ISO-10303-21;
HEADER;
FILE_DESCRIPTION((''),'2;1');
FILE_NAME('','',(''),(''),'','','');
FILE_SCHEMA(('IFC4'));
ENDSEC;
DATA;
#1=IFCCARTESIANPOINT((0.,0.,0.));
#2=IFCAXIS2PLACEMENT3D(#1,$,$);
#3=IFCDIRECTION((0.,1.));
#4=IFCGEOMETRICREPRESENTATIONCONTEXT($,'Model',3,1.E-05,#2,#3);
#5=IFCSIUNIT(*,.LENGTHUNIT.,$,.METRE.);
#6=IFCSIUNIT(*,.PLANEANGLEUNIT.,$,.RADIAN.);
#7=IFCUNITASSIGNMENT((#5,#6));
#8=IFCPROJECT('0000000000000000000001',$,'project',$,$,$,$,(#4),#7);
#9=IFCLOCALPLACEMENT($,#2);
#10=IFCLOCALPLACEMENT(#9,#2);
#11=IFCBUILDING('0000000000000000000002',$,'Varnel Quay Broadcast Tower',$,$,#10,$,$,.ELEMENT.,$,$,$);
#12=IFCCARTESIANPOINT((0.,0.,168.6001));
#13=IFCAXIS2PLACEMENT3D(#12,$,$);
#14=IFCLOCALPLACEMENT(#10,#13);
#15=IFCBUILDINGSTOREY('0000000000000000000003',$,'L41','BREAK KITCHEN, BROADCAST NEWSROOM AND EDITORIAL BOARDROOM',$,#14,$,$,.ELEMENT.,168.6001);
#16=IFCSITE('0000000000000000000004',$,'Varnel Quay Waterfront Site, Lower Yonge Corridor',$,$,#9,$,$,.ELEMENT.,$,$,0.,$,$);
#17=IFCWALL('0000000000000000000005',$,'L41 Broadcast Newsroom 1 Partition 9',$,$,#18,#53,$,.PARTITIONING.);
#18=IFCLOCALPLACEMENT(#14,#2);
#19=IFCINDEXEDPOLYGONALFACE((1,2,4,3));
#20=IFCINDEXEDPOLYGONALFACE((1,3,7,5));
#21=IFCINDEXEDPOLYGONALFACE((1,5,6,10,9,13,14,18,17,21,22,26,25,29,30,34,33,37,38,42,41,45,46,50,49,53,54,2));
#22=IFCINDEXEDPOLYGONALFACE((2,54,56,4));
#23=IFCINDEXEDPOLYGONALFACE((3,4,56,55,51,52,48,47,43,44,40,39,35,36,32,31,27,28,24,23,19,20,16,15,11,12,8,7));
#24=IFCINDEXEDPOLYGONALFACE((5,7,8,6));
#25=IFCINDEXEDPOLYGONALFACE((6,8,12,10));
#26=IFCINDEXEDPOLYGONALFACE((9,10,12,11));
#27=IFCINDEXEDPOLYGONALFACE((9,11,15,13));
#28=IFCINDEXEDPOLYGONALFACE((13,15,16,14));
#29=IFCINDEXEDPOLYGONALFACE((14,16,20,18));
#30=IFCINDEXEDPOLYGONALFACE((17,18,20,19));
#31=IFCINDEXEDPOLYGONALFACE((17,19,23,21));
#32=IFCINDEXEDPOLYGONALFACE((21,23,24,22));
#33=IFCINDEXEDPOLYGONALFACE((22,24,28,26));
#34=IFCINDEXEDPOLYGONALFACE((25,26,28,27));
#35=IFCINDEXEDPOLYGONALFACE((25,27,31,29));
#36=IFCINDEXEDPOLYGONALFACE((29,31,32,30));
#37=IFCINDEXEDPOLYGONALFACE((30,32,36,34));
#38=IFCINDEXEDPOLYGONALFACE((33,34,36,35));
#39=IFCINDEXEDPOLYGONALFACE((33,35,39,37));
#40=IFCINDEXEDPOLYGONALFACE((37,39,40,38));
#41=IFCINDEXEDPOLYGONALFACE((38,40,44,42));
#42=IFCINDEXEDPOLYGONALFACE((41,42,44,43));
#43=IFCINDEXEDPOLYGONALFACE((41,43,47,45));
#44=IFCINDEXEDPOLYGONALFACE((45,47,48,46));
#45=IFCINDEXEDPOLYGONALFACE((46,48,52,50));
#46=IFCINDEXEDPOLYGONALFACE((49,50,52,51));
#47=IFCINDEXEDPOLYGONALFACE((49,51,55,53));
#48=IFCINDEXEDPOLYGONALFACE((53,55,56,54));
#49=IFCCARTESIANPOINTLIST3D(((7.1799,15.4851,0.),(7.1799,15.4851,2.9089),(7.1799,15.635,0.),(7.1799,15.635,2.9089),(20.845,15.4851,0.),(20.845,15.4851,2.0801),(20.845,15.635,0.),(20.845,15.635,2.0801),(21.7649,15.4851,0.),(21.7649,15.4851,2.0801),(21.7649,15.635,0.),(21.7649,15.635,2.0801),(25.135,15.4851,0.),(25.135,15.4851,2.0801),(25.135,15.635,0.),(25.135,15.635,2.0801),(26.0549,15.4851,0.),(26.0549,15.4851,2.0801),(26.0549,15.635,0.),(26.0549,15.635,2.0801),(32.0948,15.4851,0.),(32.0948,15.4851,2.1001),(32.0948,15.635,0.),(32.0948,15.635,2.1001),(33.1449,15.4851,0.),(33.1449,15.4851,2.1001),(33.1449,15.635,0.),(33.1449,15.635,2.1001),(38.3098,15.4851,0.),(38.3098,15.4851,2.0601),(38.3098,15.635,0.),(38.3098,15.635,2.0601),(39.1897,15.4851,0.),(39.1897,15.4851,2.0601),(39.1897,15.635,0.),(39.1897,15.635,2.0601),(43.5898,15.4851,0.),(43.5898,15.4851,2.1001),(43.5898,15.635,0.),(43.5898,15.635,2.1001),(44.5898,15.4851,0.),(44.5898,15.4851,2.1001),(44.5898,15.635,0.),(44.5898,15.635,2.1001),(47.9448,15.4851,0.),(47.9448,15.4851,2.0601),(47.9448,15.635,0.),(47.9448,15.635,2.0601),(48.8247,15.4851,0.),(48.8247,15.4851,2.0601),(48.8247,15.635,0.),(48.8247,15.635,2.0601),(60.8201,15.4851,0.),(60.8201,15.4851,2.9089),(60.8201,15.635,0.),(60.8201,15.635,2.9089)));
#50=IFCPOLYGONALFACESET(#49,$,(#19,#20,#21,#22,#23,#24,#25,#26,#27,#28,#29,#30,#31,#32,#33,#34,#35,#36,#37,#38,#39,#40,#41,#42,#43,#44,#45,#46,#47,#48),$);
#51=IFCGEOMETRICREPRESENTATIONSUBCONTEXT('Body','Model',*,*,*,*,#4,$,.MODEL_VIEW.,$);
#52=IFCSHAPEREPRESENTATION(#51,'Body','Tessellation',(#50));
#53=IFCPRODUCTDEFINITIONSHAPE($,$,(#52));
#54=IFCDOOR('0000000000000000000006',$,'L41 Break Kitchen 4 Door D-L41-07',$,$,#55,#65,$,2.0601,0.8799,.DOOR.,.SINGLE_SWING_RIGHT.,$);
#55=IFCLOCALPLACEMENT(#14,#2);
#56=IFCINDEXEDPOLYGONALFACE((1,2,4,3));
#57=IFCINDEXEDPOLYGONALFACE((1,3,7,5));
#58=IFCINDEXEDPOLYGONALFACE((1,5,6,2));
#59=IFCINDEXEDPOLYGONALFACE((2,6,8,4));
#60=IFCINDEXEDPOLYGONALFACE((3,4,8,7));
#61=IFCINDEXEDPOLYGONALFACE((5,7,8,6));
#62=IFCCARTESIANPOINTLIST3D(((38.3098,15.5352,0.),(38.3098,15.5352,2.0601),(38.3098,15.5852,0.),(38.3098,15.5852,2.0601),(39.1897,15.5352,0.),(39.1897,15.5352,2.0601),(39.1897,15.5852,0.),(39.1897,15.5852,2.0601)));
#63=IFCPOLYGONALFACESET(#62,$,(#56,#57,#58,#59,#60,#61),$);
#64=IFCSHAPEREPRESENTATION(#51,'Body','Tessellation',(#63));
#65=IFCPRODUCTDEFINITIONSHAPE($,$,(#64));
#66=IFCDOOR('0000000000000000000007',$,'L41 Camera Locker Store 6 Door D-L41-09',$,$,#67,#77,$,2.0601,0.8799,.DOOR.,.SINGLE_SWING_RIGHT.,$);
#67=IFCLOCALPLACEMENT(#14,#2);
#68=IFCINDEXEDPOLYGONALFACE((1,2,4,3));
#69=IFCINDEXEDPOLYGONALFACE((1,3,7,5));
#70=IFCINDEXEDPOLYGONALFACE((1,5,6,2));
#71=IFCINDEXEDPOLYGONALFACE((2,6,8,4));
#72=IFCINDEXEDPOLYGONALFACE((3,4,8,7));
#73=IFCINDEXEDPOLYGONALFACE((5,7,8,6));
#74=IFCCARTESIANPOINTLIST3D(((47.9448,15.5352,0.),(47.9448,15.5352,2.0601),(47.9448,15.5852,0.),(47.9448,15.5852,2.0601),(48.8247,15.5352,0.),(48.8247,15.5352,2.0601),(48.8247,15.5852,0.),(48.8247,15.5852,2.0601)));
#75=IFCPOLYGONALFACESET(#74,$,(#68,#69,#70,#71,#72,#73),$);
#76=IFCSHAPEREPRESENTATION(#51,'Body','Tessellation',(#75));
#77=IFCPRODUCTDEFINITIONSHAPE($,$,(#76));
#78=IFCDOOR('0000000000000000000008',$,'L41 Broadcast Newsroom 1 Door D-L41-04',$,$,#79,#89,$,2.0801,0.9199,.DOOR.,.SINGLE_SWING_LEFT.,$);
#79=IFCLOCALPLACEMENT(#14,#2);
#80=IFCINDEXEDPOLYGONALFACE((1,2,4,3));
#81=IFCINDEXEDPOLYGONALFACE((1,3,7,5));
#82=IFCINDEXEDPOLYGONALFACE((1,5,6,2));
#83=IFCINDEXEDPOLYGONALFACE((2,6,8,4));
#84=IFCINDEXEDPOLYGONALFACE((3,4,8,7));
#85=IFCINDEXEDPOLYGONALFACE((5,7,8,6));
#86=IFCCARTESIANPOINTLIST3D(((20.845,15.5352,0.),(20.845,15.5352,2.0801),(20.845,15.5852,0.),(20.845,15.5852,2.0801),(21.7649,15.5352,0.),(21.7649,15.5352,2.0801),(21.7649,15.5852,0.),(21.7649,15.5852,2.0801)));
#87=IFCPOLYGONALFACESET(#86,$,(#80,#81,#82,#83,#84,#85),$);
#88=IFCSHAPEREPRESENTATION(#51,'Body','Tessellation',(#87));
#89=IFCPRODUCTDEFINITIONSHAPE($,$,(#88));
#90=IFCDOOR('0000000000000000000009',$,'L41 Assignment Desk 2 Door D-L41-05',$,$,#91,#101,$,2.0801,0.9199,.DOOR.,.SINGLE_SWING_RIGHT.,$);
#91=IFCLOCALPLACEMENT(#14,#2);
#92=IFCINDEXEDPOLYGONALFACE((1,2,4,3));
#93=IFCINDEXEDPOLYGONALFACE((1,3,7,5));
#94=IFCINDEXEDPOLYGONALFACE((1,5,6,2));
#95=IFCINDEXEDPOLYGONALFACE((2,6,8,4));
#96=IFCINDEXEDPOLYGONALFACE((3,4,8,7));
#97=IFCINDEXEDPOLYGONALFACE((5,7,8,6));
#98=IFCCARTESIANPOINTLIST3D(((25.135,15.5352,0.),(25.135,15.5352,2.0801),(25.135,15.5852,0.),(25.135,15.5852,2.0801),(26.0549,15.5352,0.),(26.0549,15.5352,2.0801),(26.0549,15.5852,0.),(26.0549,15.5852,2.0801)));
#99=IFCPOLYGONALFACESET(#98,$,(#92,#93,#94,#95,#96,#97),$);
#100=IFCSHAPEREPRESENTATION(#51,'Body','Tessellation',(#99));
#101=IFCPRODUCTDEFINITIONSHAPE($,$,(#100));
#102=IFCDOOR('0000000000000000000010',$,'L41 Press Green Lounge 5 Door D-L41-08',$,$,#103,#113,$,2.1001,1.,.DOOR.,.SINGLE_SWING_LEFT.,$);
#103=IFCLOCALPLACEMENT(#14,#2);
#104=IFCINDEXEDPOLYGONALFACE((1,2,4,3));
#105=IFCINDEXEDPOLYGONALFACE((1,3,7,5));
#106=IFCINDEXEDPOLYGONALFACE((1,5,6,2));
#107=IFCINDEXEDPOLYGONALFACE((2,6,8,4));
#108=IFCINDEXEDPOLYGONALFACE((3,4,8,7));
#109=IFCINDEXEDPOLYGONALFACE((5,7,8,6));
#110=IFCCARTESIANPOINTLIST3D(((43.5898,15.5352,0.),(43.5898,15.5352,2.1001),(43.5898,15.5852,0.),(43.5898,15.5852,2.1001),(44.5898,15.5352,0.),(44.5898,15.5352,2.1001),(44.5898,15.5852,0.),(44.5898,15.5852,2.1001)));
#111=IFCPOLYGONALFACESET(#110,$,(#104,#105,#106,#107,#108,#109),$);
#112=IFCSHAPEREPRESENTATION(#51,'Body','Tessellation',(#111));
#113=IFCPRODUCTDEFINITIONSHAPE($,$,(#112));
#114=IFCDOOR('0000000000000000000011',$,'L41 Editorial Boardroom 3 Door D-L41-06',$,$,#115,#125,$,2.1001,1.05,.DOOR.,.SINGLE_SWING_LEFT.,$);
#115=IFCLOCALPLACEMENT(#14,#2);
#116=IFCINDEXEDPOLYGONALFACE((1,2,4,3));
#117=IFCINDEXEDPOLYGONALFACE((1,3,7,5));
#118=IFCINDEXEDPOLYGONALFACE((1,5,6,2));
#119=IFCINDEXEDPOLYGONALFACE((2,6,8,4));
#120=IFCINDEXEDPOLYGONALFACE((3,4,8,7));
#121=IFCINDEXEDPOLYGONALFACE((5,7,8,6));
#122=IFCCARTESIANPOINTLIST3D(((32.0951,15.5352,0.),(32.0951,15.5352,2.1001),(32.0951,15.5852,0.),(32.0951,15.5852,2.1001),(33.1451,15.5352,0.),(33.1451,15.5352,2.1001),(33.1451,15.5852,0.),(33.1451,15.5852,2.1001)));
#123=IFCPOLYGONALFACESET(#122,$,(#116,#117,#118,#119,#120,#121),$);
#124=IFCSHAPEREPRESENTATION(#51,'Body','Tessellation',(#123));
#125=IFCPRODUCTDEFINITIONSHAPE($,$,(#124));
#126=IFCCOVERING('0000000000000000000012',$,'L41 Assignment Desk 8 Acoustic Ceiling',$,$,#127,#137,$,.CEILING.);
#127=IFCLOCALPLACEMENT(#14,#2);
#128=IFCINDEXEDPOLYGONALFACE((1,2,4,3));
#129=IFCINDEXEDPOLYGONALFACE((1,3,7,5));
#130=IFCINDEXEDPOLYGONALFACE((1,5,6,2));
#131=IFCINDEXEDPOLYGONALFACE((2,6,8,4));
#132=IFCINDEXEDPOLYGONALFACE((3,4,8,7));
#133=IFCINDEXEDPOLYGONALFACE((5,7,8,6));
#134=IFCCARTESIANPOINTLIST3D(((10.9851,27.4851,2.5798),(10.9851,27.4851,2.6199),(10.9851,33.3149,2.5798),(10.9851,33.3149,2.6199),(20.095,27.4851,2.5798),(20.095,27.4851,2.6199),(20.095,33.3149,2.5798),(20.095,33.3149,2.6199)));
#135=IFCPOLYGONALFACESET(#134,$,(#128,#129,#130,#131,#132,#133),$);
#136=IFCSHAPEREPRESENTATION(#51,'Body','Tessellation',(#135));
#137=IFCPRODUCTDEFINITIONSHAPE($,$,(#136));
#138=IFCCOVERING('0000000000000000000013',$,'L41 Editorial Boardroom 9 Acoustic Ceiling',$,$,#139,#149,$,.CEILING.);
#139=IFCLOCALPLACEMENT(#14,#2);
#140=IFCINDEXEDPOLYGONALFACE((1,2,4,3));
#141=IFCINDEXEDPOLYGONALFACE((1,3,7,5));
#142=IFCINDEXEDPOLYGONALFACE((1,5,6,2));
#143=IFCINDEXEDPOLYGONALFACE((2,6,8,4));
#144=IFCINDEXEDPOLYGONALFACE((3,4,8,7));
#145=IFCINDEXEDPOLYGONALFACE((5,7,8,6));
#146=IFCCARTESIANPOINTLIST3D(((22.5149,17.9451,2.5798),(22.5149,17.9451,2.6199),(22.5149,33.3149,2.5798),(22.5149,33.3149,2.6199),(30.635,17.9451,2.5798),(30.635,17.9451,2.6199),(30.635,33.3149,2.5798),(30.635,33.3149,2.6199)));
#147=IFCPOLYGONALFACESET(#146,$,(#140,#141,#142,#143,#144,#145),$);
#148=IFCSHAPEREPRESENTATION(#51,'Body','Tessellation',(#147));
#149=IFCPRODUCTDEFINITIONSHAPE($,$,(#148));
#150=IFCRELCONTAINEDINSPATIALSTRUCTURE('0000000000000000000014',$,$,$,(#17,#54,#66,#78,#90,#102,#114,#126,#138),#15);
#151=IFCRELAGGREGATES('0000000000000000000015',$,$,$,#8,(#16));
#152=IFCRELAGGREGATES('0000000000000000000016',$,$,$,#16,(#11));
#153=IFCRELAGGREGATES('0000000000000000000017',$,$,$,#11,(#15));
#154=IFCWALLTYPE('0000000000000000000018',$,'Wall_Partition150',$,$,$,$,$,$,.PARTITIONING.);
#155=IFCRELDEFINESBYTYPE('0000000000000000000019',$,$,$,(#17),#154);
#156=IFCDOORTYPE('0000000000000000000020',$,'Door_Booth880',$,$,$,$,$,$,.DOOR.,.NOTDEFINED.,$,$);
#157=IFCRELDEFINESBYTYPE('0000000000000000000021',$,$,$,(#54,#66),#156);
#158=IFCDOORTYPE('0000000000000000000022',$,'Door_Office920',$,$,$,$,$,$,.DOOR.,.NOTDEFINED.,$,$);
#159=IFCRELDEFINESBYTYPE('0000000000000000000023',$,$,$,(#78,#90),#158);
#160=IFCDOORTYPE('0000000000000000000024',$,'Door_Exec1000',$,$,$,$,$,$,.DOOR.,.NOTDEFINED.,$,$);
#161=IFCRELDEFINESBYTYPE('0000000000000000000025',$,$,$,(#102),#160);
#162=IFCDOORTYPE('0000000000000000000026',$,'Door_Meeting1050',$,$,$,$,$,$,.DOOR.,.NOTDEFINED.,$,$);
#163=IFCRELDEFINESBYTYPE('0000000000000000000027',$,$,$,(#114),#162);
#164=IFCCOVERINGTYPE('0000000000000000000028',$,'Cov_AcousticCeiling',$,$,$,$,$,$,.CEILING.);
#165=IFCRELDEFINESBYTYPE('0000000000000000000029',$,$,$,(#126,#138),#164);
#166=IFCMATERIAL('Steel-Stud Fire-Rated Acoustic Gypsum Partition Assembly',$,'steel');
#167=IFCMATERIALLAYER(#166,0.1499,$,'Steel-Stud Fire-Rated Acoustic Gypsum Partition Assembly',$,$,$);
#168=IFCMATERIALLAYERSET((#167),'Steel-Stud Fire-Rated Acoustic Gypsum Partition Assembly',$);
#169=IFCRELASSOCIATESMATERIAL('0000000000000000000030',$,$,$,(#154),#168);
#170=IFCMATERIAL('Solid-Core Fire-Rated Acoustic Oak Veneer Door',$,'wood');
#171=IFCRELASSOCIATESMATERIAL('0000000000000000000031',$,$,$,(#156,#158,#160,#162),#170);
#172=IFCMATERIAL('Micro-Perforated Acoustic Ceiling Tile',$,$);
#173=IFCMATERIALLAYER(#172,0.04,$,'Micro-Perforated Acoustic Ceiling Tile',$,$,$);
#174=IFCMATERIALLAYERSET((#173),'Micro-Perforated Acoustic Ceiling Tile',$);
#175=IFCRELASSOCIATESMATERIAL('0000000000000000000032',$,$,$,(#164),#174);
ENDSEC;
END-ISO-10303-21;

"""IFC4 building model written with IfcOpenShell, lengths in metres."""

from ifc_helpers import new_model, si_unit, direction, frame, frame_2d, origin, place, context, subcontext, project, spatial, polyline, rectangle, outline, extrude, source, transform, mapped, material, layer, layer_set, type_object, type_shapes, element, fill, save


model = new_model("IFC4")

# Units and contexts
model_context = context("Model", 3, precision=1e-05, world=origin(), true_north=direction((0.0, 1.0)))
body_context = subcontext(model_context, "Body", "Model", "MODEL_VIEW")
ifc_project = project(units=[si_unit("LENGTHUNIT", "METRE"), si_unit("PLANEANGLEUNIT", "RADIAN")], contexts=[model_context])

# Site, building, storey
site_placement = place(None, origin())
site = spatial("IfcSite", under=ifc_project, at=site_placement, Name="Varnel Quay Waterfront Site, Lower Yonge Corridor", CompositionType="ELEMENT", RefElevation=0.0)
building_placement = place(site_placement, origin())
building = spatial("IfcBuilding", under=site, at=building_placement, Name="Varnel Quay Broadcast Tower", CompositionType="ELEMENT")
storey_placement = place(building_placement, frame((0.0, 0.0, 168.6001)))
storey = spatial("IfcBuildingStorey", under=building, at=storey_placement, Name="L41", Description="BREAK KITCHEN, BROADCAST NEWSROOM AND EDITORIAL BOARDROOM", CompositionType="ELEMENT", Elevation=168.6001)

# Wall, openings, doors
ifc_material_1 = material(Name="Steel-Stud Fire-Rated Acoustic Gypsum Partition Assembly", Category="steel")
ifc_layer_1 = layer(ifc_material_1, 0.1499, Name="Steel-Stud Fire-Rated Acoustic Gypsum Partition Assembly")
ifc_layer_set_1 = layer_set([ifc_layer_1], Name="Steel-Stud Fire-Rated Acoustic Gypsum Partition Assembly")
wall_type = type_object("IfcWallType", Name="Wall_Partition150", PredefinedType="PARTITIONING", material=ifc_layer_set_1)
wall_placement = place(storey_placement, frame((7.1799, 15.5601, 0.0), z_axis=(0.0, 0.0, 1.0), x_axis=(1.0, 0.0, 0.0)))
wall = element("IfcWall", 1, at=wall_placement, inside=storey, type_object=wall_type, Name="L41 Broadcast Newsroom 1 Partition 9", PredefinedType="PARTITIONING", context=body_context, shape_type="SweptSolid", body=[
    extrude(rectangle(XDim=53.6401, YDim=0.1499, at=frame_2d((26.8201, 0.0))), origin(), (0.0, 0.0, 1.0), 2.9089),
])
opening_1_placement = place(wall_placement, frame((13.665, 0.0, 0.0)))
opening_1 = element("IfcOpeningElement", 2, at=opening_1_placement, cuts=wall, PredefinedType="OPENING", context=body_context, shape_type="SweptSolid", body=[
    extrude(rectangle(XDim=0.9199, YDim=2.0801, at=frame_2d((0.46, 1.04))), frame((0.0, 0.085, 0.0), z_axis=(0.0, -1.0, 0.0), x_axis=(1.0, 0.0, 0.0)), (0.0, 0.0, 1.0), 0.1699),
])
opening_2_placement = place(wall_placement, frame((17.9551, 0.0, 0.0)))
opening_2 = element("IfcOpeningElement", 3, at=opening_2_placement, cuts=wall, PredefinedType="OPENING", context=body_context, shape_type="SweptSolid", body=[
    extrude(rectangle(XDim=0.9199, YDim=2.0801, at=frame_2d((0.46, 1.04))), frame((0.0, 0.085, 0.0), z_axis=(0.0, -1.0, 0.0), x_axis=(1.0, 0.0, 0.0)), (0.0, 0.0, 1.0), 0.1699),
])
opening_3_placement = place(wall_placement, frame((24.915, 0.0, 0.0)))
opening_3 = element("IfcOpeningElement", 4, at=opening_3_placement, cuts=wall, PredefinedType="OPENING", context=body_context, shape_type="SweptSolid", body=[
    extrude(rectangle(XDim=1.05, YDim=2.1001, at=frame_2d((0.5249, 1.05))), frame((0.0, 0.085, 0.0), z_axis=(0.0, -1.0, 0.0), x_axis=(1.0, 0.0, 0.0)), (0.0, 0.0, 1.0), 0.1699),
])
opening_4_placement = place(wall_placement, frame((31.1299, 0.0, 0.0)))
opening_4 = element("IfcOpeningElement", 5, at=opening_4_placement, cuts=wall, PredefinedType="OPENING", context=body_context, shape_type="SweptSolid", body=[
    extrude(rectangle(XDim=0.8799, YDim=2.0601, at=frame_2d((0.4399, 1.03))), frame((0.0, 0.085, 0.0), z_axis=(0.0, -1.0, 0.0), x_axis=(1.0, 0.0, 0.0)), (0.0, 0.0, 1.0), 0.1699),
])
opening_5_placement = place(wall_placement, frame((36.4099, 0.0, 0.0)))
opening_5 = element("IfcOpeningElement", 6, at=opening_5_placement, cuts=wall, PredefinedType="OPENING", context=body_context, shape_type="SweptSolid", body=[
    extrude(rectangle(XDim=1.0, YDim=2.1001, at=frame_2d((0.5, 1.05))), frame((0.0, 0.085, 0.0), z_axis=(0.0, -1.0, 0.0), x_axis=(1.0, 0.0, 0.0)), (0.0, 0.0, 1.0), 0.1699),
])
opening_6_placement = place(wall_placement, frame((40.7649, 0.0, 0.0)))
opening_6 = element("IfcOpeningElement", 7, at=opening_6_placement, cuts=wall, PredefinedType="OPENING", context=body_context, shape_type="SweptSolid", body=[
    extrude(rectangle(XDim=0.8799, YDim=2.0601, at=frame_2d((0.4399, 1.03))), frame((0.0, 0.085, 0.0), z_axis=(0.0, -1.0, 0.0), x_axis=(1.0, 0.0, 0.0)), (0.0, 0.0, 1.0), 0.1699),
])
ifc_material_2 = material(Name="Solid-Core Fire-Rated Acoustic Oak Veneer Door", Category="wood")
door_type_1 = type_object("IfcDoorType", Name="Door_Booth880", OperationType="NOTDEFINED", PredefinedType="DOOR", material=ifc_material_2)
shared_shape_1 = source(origin(), body_context, "Body", "SweptSolid", [
    extrude(rectangle(XDim=0.8799, YDim=2.0601, at=frame_2d((0.4399, 1.03))), frame((0.0, 0.0249, 0.0), z_axis=(0.0, -1.0, 0.0), x_axis=(1.0, 0.0, 0.0)), (0.0, 0.0, 1.0), 0.05),
])
type_shapes(door_type_1, [shared_shape_1])
door_1_placement = place(opening_4_placement, frame((0.8799, 0.0, 0.0), z_axis=(0.0, 0.0, 1.0), x_axis=(-1.0, 0.0, 0.0)))
door_1 = element("IfcDoor", 8, at=door_1_placement, inside=storey, type_object=door_type_1, Name="L41 Break Kitchen 4 Door D-L41-07", OperationType="SINGLE_SWING_RIGHT", OverallHeight=2.0601, OverallWidth=0.8799, PredefinedType="DOOR", context=body_context, shape_type="MappedRepresentation", body=[
    mapped(shared_shape_1, transform((0.0, 0.0, 0.0), x_axis=(1.0, 0.0, 0.0), y_axis=(0.0, 1.0, 0.0), z_axis=(0.0, 0.0, 1.0), scale=1.0)),
])
fill(opening_4, door_1)
door_2_placement = place(opening_6_placement, frame((0.8799, 0.0, 0.0), z_axis=(0.0, 0.0, 1.0), x_axis=(-1.0, 0.0, 0.0)))
door_2 = element("IfcDoor", 9, at=door_2_placement, inside=storey, type_object=door_type_1, Name="L41 Camera Locker Store 6 Door D-L41-09", OperationType="SINGLE_SWING_RIGHT", OverallHeight=2.0601, OverallWidth=0.8799, PredefinedType="DOOR", context=body_context, shape_type="MappedRepresentation", body=[
    mapped(shared_shape_1, transform((0.0, 0.0, 0.0), x_axis=(1.0, 0.0, 0.0), y_axis=(0.0, 1.0, 0.0), z_axis=(0.0, 0.0, 1.0), scale=1.0)),
])
fill(opening_6, door_2)
door_type_2 = type_object("IfcDoorType", Name="Door_Office920", OperationType="NOTDEFINED", PredefinedType="DOOR", material=ifc_material_2)
shared_shape_2 = source(origin(), body_context, "Body", "SweptSolid", [
    extrude(rectangle(XDim=0.9199, YDim=2.0801, at=frame_2d((0.46, 1.04))), frame((0.0, 0.0249, 0.0), z_axis=(0.0, -1.0, 0.0), x_axis=(1.0, 0.0, 0.0)), (0.0, 0.0, 1.0), 0.05),
])
type_shapes(door_type_2, [shared_shape_2])
door_3_placement = place(opening_1_placement, frame((0.9199, 0.0, 0.0), z_axis=(0.0, 0.0, 1.0), x_axis=(-1.0, 0.0, 0.0)))
door_3 = element("IfcDoor", 10, at=door_3_placement, inside=storey, type_object=door_type_2, Name="L41 Broadcast Newsroom 1 Door D-L41-04", OperationType="SINGLE_SWING_LEFT", OverallHeight=2.0801, OverallWidth=0.9199, PredefinedType="DOOR", context=body_context, shape_type="MappedRepresentation", body=[
    mapped(shared_shape_2, transform((0.0, 0.0, 0.0), x_axis=(1.0, 0.0, 0.0), y_axis=(0.0, 1.0, 0.0), z_axis=(0.0, 0.0, 1.0), scale=1.0)),
])
fill(opening_1, door_3)
door_4_placement = place(opening_2_placement, frame((0.9199, 0.0, 0.0), z_axis=(0.0, 0.0, 1.0), x_axis=(-1.0, 0.0, 0.0)))
door_4 = element("IfcDoor", 11, at=door_4_placement, inside=storey, type_object=door_type_2, Name="L41 Assignment Desk 2 Door D-L41-05", OperationType="SINGLE_SWING_RIGHT", OverallHeight=2.0801, OverallWidth=0.9199, PredefinedType="DOOR", context=body_context, shape_type="MappedRepresentation", body=[
    mapped(shared_shape_2, transform((0.0, 0.0, 0.0), x_axis=(1.0, 0.0, 0.0), y_axis=(0.0, 1.0, 0.0), z_axis=(0.0, 0.0, 1.0), scale=1.0)),
])
fill(opening_2, door_4)
door_type_3 = type_object("IfcDoorType", Name="Door_Exec1000", OperationType="NOTDEFINED", PredefinedType="DOOR", material=ifc_material_2)
shared_shape_3 = source(origin(), body_context, "Body", "SweptSolid", [
    extrude(rectangle(XDim=1.0, YDim=2.1001, at=frame_2d((0.5, 1.05))), frame((0.0, 0.0249, 0.0), z_axis=(0.0, -1.0, 0.0), x_axis=(1.0, 0.0, 0.0)), (0.0, 0.0, 1.0), 0.05),
])
type_shapes(door_type_3, [shared_shape_3])
door_5_placement = place(opening_5_placement, frame((1.0, 0.0, 0.0), z_axis=(0.0, 0.0, 1.0), x_axis=(-1.0, 0.0, 0.0)))
door_5 = element("IfcDoor", 12, at=door_5_placement, inside=storey, type_object=door_type_3, Name="L41 Press Green Lounge 5 Door D-L41-08", OperationType="SINGLE_SWING_LEFT", OverallHeight=2.1001, OverallWidth=1.0, PredefinedType="DOOR", context=body_context, shape_type="MappedRepresentation", body=[
    mapped(shared_shape_3, transform((0.0, 0.0, 0.0), x_axis=(1.0, 0.0, 0.0), y_axis=(0.0, 1.0, 0.0), z_axis=(0.0, 0.0, 1.0), scale=1.0)),
])
fill(opening_5, door_5)
door_type_4 = type_object("IfcDoorType", Name="Door_Meeting1050", OperationType="NOTDEFINED", PredefinedType="DOOR", material=ifc_material_2)
shared_shape_4 = source(origin(), body_context, "Body", "SweptSolid", [
    extrude(rectangle(XDim=1.05, YDim=2.1001, at=frame_2d((0.5249, 1.05))), frame((0.0, 0.0249, 0.0), z_axis=(0.0, -1.0, 0.0), x_axis=(1.0, 0.0, 0.0)), (0.0, 0.0, 1.0), 0.05),
])
type_shapes(door_type_4, [shared_shape_4])
door_6_placement = place(opening_3_placement, frame((1.05, 0.0, 0.0), z_axis=(0.0, 0.0, 1.0), x_axis=(-1.0, 0.0, 0.0)))
door_6 = element("IfcDoor", 13, at=door_6_placement, inside=storey, type_object=door_type_4, Name="L41 Editorial Boardroom 3 Door D-L41-06", OperationType="SINGLE_SWING_LEFT", OverallHeight=2.1001, OverallWidth=1.05, PredefinedType="DOOR", context=body_context, shape_type="MappedRepresentation", body=[
    mapped(shared_shape_4, transform((0.0, 0.0, 0.0), x_axis=(1.0, 0.0, 0.0), y_axis=(0.0, 1.0, 0.0), z_axis=(0.0, 0.0, 1.0), scale=1.0)),
])
fill(opening_3, door_6)

# Coverings
ifc_material_3 = material(Name="Micro-Perforated Acoustic Ceiling Tile")
ifc_layer_2 = layer(ifc_material_3, 0.04, Name="Micro-Perforated Acoustic Ceiling Tile")
ifc_layer_set_2 = layer_set([ifc_layer_2], Name="Micro-Perforated Acoustic Ceiling Tile")
covering_type_1 = type_object("IfcCoveringType", Name="Cov_AcousticCeiling", PredefinedType="CEILING", material=ifc_layer_set_2)
covering_1_placement = place(storey_placement, frame((0.0, 0.0, 2.5798)))
element("IfcCovering", 14, at=covering_1_placement, inside=storey, type_object=covering_type_1, Name="L41 Assignment Desk 8 Acoustic Ceiling", PredefinedType="CEILING", context=body_context, shape_type="SweptSolid", body=[
    extrude(outline(polyline([(10.9851, 27.4851), (20.095, 27.4851), (20.095, 33.3149), (10.9851, 33.3149), (10.9851, 27.4851)])), origin(), (0.0, 0.0, 1.0), 0.04),
])
covering_2_placement = place(storey_placement, frame((0.0, 0.0, 2.5798)))
element("IfcCovering", 15, at=covering_2_placement, inside=storey, type_object=covering_type_1, Name="L41 Editorial Boardroom 9 Acoustic Ceiling", PredefinedType="CEILING", context=body_context, shape_type="SweptSolid", body=[
    extrude(outline(polyline([(22.5149, 17.9451), (30.635, 17.9451), (30.635, 33.3149), (22.5149, 33.3149), (22.5149, 17.9451)])), origin(), (0.0, 0.0, 1.0), 0.04),
])

save(model, "model.ifc")
